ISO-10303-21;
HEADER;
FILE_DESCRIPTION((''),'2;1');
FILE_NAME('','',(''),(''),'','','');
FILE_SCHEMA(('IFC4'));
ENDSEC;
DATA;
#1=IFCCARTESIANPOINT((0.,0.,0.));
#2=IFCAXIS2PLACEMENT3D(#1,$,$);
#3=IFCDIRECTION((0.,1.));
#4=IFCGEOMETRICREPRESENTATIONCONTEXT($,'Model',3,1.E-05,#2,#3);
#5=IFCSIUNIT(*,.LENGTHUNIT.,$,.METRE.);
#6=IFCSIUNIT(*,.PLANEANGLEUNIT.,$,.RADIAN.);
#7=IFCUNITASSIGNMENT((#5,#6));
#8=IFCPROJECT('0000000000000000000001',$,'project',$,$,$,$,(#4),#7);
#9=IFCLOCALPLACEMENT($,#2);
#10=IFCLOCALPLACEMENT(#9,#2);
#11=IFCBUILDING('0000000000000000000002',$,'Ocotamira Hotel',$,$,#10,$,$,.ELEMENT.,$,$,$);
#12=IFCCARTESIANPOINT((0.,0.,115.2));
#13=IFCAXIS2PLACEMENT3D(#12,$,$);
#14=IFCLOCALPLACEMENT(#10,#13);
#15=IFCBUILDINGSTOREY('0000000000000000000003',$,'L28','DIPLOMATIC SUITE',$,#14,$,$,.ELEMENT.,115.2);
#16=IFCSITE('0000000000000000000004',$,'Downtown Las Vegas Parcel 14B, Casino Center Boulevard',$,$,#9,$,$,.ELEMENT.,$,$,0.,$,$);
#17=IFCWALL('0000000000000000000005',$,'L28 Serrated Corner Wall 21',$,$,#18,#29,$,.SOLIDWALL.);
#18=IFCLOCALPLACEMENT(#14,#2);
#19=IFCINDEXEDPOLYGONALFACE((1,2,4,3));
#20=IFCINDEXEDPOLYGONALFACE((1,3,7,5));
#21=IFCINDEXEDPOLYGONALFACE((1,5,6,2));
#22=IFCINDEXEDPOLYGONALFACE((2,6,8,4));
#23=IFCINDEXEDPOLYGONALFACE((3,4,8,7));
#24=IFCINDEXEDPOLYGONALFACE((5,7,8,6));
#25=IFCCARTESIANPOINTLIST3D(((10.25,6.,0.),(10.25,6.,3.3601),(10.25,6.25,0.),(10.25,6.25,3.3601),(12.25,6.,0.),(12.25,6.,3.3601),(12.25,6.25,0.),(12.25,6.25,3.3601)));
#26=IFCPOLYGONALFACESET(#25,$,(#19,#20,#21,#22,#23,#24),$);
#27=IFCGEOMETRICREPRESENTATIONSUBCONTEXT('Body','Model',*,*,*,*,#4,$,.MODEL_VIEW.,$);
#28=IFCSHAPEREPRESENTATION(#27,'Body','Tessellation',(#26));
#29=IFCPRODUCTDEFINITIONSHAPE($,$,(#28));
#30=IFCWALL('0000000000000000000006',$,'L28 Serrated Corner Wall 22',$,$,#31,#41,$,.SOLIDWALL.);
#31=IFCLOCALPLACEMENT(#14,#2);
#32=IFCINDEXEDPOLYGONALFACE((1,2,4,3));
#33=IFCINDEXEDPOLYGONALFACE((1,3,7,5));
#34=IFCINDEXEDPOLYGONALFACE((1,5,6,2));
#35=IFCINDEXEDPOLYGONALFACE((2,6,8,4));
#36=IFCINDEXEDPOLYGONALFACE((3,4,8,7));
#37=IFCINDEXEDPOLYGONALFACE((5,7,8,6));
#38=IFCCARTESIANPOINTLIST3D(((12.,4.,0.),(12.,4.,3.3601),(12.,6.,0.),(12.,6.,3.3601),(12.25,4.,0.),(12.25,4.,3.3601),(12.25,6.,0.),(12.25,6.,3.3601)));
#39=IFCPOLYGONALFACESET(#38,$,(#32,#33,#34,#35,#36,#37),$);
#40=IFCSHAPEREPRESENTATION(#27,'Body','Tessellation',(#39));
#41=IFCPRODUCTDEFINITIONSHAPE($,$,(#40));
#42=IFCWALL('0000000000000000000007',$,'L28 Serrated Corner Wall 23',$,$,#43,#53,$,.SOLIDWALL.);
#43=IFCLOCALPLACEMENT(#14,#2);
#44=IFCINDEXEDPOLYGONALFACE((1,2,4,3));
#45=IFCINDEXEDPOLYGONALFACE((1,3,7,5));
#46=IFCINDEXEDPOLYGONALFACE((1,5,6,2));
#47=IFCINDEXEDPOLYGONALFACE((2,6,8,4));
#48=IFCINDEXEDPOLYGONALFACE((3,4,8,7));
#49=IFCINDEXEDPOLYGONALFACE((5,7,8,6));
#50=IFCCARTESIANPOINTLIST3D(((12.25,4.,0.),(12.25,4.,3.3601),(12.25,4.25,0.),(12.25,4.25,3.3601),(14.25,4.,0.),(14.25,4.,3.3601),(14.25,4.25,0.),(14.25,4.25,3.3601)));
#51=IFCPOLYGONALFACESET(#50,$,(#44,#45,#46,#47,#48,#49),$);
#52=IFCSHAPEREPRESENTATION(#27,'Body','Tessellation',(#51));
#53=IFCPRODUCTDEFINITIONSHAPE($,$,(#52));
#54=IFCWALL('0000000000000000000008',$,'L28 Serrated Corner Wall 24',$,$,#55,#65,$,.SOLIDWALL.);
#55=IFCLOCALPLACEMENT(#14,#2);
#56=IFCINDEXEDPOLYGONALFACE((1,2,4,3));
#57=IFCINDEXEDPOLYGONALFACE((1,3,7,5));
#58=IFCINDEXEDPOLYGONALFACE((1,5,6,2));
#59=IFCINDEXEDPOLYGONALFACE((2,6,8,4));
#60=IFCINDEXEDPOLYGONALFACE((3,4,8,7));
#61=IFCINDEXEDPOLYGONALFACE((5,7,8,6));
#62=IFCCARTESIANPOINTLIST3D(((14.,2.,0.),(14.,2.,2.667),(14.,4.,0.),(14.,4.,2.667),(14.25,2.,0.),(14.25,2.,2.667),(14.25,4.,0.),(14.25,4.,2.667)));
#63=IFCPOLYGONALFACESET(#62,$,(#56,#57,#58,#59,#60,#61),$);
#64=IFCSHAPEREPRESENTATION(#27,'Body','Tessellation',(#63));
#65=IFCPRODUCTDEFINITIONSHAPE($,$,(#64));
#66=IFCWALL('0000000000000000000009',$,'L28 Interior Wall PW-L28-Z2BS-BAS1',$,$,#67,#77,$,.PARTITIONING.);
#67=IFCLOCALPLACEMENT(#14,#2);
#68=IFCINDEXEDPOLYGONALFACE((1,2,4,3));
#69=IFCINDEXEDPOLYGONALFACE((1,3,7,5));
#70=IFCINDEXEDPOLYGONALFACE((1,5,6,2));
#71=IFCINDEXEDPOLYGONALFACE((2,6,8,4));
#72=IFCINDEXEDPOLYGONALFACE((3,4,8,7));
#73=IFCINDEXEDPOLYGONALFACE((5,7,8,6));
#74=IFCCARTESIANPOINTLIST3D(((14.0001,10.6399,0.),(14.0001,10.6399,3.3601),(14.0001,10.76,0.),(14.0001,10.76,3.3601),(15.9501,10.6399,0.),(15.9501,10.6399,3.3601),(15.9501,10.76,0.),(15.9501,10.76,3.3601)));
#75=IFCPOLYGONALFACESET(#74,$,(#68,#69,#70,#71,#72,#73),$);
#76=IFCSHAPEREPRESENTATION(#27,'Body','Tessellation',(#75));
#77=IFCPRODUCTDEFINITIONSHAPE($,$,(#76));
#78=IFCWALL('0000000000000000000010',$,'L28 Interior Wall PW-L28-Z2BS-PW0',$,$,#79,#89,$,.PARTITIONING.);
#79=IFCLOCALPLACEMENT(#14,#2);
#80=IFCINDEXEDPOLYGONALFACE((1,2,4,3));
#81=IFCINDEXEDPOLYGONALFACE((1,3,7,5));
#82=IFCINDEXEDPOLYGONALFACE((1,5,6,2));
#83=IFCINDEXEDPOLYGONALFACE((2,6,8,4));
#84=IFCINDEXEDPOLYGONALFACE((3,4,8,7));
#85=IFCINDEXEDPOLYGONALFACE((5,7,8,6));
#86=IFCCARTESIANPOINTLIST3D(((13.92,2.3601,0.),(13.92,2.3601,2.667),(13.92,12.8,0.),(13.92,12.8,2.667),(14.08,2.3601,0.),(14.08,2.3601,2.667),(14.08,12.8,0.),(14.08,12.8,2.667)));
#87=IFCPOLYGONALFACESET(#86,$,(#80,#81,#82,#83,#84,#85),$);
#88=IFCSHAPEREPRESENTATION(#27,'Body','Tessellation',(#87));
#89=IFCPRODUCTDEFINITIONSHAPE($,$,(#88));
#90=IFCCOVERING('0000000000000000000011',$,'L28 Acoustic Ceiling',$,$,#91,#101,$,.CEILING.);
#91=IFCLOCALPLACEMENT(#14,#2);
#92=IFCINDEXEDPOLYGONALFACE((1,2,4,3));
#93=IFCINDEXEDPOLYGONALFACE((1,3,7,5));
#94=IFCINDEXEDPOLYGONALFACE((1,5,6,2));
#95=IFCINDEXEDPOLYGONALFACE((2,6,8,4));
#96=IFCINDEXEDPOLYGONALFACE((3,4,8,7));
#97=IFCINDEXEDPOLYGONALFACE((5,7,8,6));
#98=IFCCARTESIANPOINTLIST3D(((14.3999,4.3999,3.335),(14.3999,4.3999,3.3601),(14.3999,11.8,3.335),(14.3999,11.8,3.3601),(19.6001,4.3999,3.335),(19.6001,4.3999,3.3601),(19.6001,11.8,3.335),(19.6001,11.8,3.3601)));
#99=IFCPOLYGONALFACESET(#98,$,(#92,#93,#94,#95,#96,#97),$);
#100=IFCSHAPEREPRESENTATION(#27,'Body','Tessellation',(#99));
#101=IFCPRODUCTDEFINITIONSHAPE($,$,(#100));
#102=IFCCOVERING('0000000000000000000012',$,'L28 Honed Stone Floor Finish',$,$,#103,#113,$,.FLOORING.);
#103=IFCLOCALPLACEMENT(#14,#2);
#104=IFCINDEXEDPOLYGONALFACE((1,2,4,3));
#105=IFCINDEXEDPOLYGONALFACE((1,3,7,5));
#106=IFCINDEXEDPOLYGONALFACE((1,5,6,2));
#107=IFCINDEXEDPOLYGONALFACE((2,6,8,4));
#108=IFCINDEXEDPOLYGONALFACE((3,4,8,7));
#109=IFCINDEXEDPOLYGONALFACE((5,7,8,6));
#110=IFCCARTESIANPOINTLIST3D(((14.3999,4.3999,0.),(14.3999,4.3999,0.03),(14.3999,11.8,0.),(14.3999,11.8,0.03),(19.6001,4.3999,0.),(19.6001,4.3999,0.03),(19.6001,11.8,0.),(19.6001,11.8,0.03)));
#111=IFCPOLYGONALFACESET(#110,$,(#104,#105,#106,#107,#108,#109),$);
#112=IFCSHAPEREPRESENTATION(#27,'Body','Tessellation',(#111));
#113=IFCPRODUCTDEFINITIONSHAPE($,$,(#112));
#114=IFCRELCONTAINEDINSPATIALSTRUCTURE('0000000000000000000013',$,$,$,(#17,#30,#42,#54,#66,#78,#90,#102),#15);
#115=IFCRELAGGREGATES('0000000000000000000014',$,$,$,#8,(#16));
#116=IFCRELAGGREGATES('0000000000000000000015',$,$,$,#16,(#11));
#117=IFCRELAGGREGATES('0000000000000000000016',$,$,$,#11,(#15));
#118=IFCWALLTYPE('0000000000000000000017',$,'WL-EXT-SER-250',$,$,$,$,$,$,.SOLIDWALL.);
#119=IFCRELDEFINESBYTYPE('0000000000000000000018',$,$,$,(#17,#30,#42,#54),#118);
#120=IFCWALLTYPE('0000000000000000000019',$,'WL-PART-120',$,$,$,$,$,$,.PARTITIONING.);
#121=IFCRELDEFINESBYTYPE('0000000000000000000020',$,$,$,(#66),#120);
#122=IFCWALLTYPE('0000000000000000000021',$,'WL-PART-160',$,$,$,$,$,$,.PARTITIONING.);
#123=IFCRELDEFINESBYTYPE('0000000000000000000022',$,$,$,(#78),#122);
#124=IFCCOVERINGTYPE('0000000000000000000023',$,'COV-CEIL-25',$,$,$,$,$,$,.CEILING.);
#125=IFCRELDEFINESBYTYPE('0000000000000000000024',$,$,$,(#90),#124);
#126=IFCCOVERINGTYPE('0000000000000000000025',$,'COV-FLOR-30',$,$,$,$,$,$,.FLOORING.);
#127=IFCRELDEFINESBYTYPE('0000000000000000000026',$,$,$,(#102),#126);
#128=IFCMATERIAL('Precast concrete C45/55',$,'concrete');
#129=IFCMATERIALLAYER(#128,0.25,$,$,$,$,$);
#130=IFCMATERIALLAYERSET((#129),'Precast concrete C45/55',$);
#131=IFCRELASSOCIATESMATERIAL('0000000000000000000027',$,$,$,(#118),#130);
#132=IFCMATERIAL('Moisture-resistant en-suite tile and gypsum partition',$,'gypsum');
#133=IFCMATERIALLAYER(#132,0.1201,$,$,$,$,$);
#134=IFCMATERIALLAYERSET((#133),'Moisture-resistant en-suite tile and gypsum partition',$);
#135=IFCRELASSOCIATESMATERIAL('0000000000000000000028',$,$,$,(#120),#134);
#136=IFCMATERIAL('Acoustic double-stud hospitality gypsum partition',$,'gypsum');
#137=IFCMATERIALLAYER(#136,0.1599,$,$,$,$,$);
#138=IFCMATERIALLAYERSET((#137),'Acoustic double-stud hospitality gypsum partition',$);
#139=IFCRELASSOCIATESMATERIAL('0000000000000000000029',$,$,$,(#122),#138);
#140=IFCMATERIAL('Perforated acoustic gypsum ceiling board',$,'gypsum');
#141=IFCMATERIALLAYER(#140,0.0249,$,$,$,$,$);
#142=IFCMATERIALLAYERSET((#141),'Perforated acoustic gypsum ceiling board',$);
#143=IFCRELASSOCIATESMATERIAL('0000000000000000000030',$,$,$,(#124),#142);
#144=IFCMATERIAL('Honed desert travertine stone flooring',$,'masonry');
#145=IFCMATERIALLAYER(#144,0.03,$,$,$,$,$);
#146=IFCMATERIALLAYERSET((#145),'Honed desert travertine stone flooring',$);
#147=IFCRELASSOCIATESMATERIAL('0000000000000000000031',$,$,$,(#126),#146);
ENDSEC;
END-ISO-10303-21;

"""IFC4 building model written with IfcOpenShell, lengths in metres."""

from ifc_helpers import new_model, si_unit, direction, frame, frame_2d, origin, place, context, subcontext, project, spatial, polyline, rectangle, outline, extrude, material, layer, layer_set, type_object, element, save


model = new_model("IFC4")

# Units and contexts
model_context = context("Model", 3, precision=1e-05, world=origin(), true_north=direction((0.0, 1.0)))
body_context = subcontext(model_context, "Body", "Model", "MODEL_VIEW")
ifc_project = project(units=[si_unit("LENGTHUNIT", "METRE"), si_unit("PLANEANGLEUNIT", "RADIAN")], contexts=[model_context])

# Site, building, storey
site_placement = place(None, origin())
site = spatial("IfcSite", under=ifc_project, at=site_placement, Name="Downtown Las Vegas Parcel 14B, Casino Center Boulevard", CompositionType="ELEMENT", RefElevation=0.0)
building_placement = place(site_placement, origin())
building = spatial("IfcBuilding", under=site, at=building_placement, Name="Ocotamira Hotel", CompositionType="ELEMENT")
storey_placement = place(building_placement, frame((0.0, 0.0, 115.2)))
storey = spatial("IfcBuildingStorey", under=building, at=storey_placement, Name="L28", Description="DIPLOMATIC SUITE", CompositionType="ELEMENT", Elevation=115.2)

# Walls
ifc_material_1 = material(Name="Precast concrete C45/55", Category="concrete")
ifc_layer_1 = layer(ifc_material_1, 0.25)
ifc_layer_set_1 = layer_set([ifc_layer_1], Name="Precast concrete C45/55")
wall_type_1 = type_object("IfcWallType", Name="WL-EXT-SER-250", PredefinedType="SOLIDWALL", material=ifc_layer_set_1)
for number, where, z_axis, x_axis, name in (
    (1, (10.25, 6.125, 0.0), (0.0, 0.0, 1.0), (1.0, 0.0, 0.0), "L28 Serrated Corner Wall 21"),
    (2, (12.125, 6.0, 0.0), (0.0, 0.0, 1.0), (0.0, -1.0, 0.0), "L28 Serrated Corner Wall 22"),
    (3, (12.25, 4.125, 0.0), (0.0, 0.0, 1.0), (1.0, 0.0, 0.0), "L28 Serrated Corner Wall 23"),
):
    element("IfcWall", number, at=place(storey_placement, frame(where, z_axis=z_axis, x_axis=x_axis)), inside=storey, type_object=wall_type_1, Name=name, PredefinedType="SOLIDWALL", context=body_context, shape_type="SweptSolid", body=[
        extrude(rectangle(XDim=2.0, YDim=0.25, at=frame_2d((1.0, 0.0))), origin(), (0.0, 0.0, 1.0), 3.3601),
    ])
wall_1_placement = place(storey_placement, frame((14.125, 4.0, 0.0), z_axis=(0.0, 0.0, 1.0), x_axis=(0.0, -1.0, 0.0)))
element("IfcWall", 4, at=wall_1_placement, inside=storey, type_object=wall_type_1, Name="L28 Serrated Corner Wall 24", PredefinedType="SOLIDWALL", context=body_context, shape_type="SweptSolid", body=[
    extrude(rectangle(XDim=2.0, YDim=0.25, at=frame_2d((1.0, 0.0))), origin(), (0.0, 0.0, 1.0), 2.667),
])

# Walls
ifc_material_2 = material(Name="Moisture-resistant en-suite tile and gypsum partition", Category="gypsum")
ifc_layer_2 = layer(ifc_material_2, 0.1201)
ifc_layer_set_2 = layer_set([ifc_layer_2], Name="Moisture-resistant en-suite tile and gypsum partition")
wall_type_2 = type_object("IfcWallType", Name="WL-PART-120", PredefinedType="PARTITIONING", material=ifc_layer_set_2)
wall_2_placement = place(storey_placement, frame((14.0, 10.7, 0.0), z_axis=(0.0, 0.0, 1.0), x_axis=(1.0, 0.0, 0.0)))
element("IfcWall", 5, at=wall_2_placement, inside=storey, type_object=wall_type_2, Name="L28 Interior Wall PW-L28-Z2BS-BAS1", PredefinedType="PARTITIONING", context=body_context, shape_type="SweptSolid", body=[
    extrude(rectangle(XDim=1.95, YDim=0.1201, at=frame_2d((0.9751, 0.0))), origin(), (0.0, 0.0, 1.0), 3.3601),
])
ifc_material_3 = material(Name="Acoustic double-stud hospitality gypsum partition", Category="gypsum")
ifc_layer_3 = layer(ifc_material_3, 0.1599)
ifc_layer_set_3 = layer_set([ifc_layer_3], Name="Acoustic double-stud hospitality gypsum partition")
wall_type_3 = type_object("IfcWallType", Name="WL-PART-160", PredefinedType="PARTITIONING", material=ifc_layer_set_3)
wall_3_placement = place(storey_placement, frame((14.0, 2.3601, 0.0), z_axis=(0.0, 0.0, 1.0), x_axis=(0.0, 1.0, 0.0)))
element("IfcWall", 6, at=wall_3_placement, inside=storey, type_object=wall_type_3, Name="L28 Interior Wall PW-L28-Z2BS-PW0", PredefinedType="PARTITIONING", context=body_context, shape_type="SweptSolid", body=[
    extrude(rectangle(XDim=10.4399, YDim=0.1599, at=frame_2d((5.22, 0.0))), origin(), (0.0, 0.0, 1.0), 2.667),
])

# Coverings
ifc_material_4 = material(Name="Perforated acoustic gypsum ceiling board", Category="gypsum")
ifc_layer_4 = layer(ifc_material_4, 0.0249)
ifc_layer_set_4 = layer_set([ifc_layer_4], Name="Perforated acoustic gypsum ceiling board")
covering_type_1 = type_object("IfcCoveringType", Name="COV-CEIL-25", PredefinedType="CEILING", material=ifc_layer_set_4)
covering_1_placement = place(storey_placement, frame((0.0, 0.0, 3.335)))
element("IfcCovering", 7, at=covering_1_placement, inside=storey, type_object=covering_type_1, Name="L28 Acoustic Ceiling", PredefinedType="CEILING", context=body_context, shape_type="SweptSolid", body=[
    extrude(outline(polyline([(14.3999, 4.3999), (19.6001, 4.3999), (19.6001, 11.8), (14.3999, 11.8), (14.3999, 4.3999)])), origin(), (0.0, 0.0, 1.0), 0.0251),
])
ifc_material_5 = material(Name="Honed desert travertine stone flooring", Category="masonry")
ifc_layer_5 = layer(ifc_material_5, 0.03)
ifc_layer_set_5 = layer_set([ifc_layer_5], Name="Honed desert travertine stone flooring")
covering_type_2 = type_object("IfcCoveringType", Name="COV-FLOR-30", PredefinedType="FLOORING", material=ifc_layer_set_5)
covering_2_placement = place(storey_placement, origin())
element("IfcCovering", 8, at=covering_2_placement, inside=storey, type_object=covering_type_2, Name="L28 Honed Stone Floor Finish", PredefinedType="FLOORING", context=body_context, shape_type="SweptSolid", body=[
    extrude(outline(polyline([(14.3999, 4.3999), (19.6001, 4.3999), (19.6001, 11.8), (14.3999, 11.8), (14.3999, 4.3999)])), origin(), (0.0, 0.0, 1.0), 0.03),
])

save(model, "model.ifc")
